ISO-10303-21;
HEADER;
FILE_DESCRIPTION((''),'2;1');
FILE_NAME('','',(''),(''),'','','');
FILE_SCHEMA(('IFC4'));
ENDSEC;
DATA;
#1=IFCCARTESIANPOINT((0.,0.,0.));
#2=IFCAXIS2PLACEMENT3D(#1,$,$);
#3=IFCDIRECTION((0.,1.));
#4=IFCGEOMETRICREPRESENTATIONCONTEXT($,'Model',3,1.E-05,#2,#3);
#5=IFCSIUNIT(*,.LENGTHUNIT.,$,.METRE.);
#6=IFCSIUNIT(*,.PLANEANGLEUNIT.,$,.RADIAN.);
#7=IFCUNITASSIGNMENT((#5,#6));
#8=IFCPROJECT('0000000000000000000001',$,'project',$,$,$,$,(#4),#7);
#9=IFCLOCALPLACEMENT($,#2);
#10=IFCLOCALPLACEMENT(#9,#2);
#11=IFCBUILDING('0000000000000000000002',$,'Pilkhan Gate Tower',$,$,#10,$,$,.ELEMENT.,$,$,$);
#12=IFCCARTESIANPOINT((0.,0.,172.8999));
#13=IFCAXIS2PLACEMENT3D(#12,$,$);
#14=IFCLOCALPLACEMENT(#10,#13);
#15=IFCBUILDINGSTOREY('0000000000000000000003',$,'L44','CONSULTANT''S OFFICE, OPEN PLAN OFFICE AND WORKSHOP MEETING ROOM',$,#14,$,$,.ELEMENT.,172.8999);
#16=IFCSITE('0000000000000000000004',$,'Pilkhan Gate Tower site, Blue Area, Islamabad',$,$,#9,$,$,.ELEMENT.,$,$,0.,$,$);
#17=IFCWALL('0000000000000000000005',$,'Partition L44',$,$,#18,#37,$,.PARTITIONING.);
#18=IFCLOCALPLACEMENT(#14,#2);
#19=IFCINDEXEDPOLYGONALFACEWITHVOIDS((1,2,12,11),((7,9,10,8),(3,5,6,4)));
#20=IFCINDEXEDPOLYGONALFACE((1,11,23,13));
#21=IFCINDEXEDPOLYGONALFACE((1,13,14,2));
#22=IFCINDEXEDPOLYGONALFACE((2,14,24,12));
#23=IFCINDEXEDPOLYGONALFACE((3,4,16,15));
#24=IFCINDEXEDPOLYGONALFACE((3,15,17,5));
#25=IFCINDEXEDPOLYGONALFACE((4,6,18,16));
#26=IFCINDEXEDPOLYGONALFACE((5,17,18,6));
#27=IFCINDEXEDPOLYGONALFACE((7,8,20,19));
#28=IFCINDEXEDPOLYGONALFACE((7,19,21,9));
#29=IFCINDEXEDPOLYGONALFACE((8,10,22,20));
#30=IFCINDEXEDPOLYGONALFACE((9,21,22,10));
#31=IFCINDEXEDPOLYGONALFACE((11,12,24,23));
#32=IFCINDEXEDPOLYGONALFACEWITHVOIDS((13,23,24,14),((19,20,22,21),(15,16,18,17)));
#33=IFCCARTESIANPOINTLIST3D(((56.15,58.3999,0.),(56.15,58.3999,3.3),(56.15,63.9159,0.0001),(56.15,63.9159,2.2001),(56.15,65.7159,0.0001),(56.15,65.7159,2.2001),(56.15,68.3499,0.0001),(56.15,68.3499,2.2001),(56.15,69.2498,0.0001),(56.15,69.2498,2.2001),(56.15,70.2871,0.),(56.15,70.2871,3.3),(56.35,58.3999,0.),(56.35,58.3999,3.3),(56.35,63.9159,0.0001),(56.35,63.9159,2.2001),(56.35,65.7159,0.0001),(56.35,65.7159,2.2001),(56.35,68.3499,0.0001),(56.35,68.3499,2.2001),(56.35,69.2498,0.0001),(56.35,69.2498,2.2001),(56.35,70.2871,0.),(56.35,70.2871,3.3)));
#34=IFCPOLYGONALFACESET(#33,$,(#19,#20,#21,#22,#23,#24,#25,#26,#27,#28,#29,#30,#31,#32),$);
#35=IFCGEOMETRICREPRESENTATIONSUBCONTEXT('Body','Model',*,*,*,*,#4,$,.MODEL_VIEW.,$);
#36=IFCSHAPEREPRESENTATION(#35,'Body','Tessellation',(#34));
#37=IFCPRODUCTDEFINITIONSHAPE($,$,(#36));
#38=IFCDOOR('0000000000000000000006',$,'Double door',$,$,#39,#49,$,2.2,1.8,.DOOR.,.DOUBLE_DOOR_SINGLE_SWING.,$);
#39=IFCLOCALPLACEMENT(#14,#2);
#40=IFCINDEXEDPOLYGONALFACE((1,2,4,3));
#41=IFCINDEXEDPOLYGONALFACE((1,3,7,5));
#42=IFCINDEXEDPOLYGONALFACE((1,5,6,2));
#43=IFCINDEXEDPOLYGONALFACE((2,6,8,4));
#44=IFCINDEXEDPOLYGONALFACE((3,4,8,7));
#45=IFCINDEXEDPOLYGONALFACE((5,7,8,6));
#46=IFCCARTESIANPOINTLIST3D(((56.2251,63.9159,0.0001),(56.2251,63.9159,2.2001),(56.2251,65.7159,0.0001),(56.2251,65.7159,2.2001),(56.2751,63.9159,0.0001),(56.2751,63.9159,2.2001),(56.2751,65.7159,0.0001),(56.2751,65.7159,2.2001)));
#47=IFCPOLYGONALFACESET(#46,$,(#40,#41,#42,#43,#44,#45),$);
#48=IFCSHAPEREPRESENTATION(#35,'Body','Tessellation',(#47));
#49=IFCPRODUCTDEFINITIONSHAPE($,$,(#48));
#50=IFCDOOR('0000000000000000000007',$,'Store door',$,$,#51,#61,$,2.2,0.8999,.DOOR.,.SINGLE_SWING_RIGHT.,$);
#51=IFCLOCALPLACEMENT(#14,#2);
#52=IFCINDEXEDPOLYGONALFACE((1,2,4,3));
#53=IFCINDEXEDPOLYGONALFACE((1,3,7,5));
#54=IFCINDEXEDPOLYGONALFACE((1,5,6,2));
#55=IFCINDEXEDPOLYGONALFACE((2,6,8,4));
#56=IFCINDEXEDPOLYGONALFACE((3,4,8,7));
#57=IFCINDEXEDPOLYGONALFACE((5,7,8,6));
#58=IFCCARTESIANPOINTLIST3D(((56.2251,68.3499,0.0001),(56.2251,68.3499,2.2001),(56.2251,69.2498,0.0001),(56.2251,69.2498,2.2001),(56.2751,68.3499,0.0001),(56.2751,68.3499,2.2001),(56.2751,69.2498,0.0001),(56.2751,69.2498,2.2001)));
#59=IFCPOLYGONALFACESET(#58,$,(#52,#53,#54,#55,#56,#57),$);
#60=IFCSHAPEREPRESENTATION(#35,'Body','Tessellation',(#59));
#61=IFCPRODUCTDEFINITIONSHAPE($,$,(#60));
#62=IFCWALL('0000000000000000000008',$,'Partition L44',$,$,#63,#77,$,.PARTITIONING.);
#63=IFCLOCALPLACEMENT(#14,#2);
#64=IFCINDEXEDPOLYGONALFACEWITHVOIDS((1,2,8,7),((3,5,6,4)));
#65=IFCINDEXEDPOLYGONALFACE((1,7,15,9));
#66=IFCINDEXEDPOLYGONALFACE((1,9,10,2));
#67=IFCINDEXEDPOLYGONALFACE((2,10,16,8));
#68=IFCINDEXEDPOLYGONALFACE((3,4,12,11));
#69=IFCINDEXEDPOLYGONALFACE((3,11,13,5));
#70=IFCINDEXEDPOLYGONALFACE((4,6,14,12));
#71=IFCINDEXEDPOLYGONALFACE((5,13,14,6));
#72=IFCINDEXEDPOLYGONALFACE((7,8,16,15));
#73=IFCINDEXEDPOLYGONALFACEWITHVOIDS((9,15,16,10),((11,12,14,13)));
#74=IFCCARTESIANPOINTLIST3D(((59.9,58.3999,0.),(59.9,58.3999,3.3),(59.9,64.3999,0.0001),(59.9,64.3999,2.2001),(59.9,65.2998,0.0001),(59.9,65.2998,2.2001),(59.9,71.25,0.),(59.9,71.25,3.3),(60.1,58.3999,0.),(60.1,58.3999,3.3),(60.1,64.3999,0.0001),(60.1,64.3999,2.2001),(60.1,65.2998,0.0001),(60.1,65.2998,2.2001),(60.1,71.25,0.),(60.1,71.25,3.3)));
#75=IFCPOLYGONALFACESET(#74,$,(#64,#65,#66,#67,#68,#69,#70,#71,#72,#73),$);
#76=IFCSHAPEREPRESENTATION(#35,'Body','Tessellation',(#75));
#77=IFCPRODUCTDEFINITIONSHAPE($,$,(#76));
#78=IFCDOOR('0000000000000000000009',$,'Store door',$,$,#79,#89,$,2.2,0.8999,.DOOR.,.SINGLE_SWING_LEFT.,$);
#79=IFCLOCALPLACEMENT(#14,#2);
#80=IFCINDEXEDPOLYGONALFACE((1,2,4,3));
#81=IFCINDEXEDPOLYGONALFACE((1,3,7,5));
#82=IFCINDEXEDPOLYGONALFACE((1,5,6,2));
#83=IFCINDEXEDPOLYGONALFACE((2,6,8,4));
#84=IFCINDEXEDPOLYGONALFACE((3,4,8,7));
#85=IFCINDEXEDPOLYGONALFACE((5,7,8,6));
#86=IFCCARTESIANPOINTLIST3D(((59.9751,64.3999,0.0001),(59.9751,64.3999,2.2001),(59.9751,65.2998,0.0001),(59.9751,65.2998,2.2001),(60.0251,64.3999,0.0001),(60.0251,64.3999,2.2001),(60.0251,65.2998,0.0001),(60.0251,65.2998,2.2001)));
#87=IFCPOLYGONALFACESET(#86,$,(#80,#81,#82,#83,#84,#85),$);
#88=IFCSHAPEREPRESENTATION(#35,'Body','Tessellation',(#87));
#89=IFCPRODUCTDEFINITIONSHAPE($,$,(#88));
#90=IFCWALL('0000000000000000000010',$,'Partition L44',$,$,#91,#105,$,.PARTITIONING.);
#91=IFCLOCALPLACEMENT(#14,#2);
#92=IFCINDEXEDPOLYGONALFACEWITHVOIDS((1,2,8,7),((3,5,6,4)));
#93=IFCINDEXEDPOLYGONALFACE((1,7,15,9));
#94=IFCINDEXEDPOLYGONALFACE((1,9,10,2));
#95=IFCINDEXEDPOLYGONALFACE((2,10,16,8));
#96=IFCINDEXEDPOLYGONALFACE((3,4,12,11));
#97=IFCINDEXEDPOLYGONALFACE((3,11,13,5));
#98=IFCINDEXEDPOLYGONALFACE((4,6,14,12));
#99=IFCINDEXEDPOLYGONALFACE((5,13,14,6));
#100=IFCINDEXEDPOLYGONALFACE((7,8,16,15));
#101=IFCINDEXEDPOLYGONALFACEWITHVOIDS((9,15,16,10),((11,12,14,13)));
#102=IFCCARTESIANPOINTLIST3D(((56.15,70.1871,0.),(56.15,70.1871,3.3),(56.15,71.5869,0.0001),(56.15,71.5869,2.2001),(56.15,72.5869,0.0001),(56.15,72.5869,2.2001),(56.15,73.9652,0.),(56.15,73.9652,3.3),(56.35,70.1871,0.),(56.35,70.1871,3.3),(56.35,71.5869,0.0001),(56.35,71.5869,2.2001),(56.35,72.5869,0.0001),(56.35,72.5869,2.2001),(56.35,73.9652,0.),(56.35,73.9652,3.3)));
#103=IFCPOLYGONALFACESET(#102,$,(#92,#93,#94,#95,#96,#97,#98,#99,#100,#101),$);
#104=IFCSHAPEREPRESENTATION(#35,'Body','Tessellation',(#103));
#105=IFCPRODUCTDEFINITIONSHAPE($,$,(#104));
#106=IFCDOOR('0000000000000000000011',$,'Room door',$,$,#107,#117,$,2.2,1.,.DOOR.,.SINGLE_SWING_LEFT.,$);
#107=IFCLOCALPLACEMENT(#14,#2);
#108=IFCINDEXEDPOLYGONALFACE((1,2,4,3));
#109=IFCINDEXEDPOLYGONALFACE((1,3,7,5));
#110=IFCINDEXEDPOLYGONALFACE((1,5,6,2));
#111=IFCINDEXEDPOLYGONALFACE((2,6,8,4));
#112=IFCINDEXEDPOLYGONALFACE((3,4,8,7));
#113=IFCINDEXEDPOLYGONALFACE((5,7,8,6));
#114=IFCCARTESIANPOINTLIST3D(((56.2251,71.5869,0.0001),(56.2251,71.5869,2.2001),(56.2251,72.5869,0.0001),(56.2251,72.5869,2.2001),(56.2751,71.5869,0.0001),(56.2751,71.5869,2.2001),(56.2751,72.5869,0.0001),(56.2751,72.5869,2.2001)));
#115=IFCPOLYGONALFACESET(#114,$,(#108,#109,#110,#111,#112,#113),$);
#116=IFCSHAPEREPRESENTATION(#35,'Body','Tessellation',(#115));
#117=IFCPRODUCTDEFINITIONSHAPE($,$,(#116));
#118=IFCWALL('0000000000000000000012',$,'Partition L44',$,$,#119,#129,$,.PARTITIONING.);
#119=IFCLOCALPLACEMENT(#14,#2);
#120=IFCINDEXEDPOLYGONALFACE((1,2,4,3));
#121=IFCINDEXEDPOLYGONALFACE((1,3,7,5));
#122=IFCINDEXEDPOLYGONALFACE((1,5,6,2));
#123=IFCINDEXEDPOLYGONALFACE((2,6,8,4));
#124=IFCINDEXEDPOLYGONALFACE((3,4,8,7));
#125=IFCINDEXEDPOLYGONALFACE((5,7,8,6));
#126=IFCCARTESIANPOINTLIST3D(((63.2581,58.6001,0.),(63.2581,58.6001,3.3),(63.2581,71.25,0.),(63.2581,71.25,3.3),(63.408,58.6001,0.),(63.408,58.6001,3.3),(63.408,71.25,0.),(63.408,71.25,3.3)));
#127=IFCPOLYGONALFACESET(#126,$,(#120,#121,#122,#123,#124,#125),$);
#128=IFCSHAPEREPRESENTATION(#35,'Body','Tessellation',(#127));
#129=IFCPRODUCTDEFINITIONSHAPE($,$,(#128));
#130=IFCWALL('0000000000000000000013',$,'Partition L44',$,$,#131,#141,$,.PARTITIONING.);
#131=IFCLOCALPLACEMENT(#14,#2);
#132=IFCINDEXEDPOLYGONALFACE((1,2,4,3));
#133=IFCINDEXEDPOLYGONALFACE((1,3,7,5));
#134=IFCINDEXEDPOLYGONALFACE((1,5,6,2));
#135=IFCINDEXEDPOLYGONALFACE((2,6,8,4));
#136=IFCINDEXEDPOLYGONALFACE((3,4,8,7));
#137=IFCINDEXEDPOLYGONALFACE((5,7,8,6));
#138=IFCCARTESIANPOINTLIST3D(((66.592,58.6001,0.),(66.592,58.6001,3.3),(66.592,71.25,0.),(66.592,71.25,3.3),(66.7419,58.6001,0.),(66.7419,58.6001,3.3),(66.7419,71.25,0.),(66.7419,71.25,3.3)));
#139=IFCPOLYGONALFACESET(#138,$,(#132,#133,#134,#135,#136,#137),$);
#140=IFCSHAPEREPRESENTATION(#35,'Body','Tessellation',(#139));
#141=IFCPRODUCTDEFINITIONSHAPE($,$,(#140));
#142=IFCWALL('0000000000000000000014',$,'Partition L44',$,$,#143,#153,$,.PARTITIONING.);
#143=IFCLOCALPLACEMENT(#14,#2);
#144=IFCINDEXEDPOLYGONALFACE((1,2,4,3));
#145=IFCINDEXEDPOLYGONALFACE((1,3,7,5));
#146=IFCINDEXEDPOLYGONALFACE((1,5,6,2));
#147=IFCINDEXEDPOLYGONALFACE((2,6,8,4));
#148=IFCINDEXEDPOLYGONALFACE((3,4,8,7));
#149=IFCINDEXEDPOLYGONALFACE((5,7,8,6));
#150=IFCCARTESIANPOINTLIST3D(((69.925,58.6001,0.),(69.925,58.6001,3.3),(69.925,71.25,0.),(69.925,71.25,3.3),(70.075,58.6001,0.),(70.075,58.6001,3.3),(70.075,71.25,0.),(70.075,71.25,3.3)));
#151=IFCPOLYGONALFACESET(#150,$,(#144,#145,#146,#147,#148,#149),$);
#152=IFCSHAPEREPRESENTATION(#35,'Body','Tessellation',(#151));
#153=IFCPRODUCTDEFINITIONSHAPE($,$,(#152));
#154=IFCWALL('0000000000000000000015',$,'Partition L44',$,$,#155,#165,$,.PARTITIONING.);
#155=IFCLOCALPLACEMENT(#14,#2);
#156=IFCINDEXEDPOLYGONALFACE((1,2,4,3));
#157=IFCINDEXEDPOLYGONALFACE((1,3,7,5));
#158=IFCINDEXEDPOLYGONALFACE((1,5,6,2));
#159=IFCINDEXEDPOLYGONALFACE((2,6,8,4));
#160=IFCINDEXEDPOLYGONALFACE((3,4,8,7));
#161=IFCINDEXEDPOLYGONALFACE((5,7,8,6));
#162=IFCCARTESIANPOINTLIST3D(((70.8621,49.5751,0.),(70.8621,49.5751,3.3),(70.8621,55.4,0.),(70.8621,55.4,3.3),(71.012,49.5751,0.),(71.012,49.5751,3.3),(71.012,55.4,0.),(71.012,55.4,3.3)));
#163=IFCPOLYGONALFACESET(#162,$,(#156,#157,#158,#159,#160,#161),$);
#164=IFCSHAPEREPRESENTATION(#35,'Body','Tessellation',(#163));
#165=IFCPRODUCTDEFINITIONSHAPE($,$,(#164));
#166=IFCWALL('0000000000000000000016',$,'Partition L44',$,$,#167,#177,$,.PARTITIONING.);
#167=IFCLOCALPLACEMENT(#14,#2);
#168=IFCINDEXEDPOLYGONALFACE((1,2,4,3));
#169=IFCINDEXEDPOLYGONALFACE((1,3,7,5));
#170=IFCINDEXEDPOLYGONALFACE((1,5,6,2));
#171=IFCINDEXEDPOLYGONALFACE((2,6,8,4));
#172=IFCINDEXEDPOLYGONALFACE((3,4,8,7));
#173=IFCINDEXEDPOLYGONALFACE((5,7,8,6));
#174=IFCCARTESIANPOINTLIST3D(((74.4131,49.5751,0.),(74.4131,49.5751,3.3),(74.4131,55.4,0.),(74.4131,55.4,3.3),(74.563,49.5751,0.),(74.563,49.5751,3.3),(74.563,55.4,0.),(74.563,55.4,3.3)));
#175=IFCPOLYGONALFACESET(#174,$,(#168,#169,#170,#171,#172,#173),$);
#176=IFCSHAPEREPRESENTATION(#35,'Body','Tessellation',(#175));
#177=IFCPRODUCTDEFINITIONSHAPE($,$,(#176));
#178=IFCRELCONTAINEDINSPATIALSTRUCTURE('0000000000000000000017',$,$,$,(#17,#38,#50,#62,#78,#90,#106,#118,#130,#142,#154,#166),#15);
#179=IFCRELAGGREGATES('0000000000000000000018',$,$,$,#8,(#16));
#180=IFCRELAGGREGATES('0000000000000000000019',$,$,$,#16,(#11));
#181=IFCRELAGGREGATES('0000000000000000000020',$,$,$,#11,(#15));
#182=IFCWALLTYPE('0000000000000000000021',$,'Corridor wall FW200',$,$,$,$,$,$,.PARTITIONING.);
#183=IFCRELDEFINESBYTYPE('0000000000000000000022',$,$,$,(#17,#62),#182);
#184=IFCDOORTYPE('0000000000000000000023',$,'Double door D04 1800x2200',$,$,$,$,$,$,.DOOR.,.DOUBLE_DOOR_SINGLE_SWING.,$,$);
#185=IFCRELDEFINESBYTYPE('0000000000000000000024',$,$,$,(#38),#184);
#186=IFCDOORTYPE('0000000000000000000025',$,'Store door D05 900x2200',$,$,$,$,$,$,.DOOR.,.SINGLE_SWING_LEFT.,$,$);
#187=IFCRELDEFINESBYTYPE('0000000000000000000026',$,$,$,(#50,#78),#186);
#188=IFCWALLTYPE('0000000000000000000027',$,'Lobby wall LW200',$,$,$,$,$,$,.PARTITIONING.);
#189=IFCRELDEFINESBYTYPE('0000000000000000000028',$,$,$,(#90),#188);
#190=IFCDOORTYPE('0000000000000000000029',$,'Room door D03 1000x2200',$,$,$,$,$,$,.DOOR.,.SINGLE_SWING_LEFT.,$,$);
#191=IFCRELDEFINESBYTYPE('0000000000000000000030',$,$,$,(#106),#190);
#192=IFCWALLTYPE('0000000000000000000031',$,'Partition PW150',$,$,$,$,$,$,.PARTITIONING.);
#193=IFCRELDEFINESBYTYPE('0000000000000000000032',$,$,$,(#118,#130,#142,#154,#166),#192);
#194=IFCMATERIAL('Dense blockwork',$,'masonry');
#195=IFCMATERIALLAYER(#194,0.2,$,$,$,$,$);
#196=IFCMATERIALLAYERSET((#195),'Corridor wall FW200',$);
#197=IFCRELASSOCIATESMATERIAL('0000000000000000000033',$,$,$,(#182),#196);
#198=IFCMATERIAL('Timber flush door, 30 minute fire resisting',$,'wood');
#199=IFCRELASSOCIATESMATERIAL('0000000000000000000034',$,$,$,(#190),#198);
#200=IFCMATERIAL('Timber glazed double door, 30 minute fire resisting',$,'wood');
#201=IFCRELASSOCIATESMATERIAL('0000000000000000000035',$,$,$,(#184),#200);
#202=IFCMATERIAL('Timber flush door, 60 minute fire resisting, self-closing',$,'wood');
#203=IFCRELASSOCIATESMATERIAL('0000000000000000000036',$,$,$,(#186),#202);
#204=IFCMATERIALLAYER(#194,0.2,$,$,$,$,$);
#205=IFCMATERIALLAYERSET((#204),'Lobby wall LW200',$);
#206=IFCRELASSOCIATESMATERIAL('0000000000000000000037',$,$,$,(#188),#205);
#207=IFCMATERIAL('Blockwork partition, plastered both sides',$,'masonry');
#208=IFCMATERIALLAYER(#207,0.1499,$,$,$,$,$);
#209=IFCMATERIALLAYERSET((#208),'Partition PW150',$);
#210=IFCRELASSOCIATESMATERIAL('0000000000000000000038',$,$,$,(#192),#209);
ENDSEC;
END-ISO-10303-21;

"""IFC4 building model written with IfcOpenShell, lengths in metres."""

from ifc_helpers import new_model, si_unit, direction, frame, frame_2d, origin, place, context, subcontext, project, spatial, rectangle, extrude, material, layer, layer_set, type_object, element, fill, save


model = new_model("IFC4")

# Units and contexts
model_context = context("Model", 3, precision=1e-05, world=origin(), true_north=direction((0.0, 1.0)))
body_context = subcontext(model_context, "Body", "Model", "MODEL_VIEW")
ifc_project = project(units=[si_unit("LENGTHUNIT", "METRE"), si_unit("PLANEANGLEUNIT", "RADIAN")], contexts=[model_context])

# Site, building, storey
site_placement = place(None, origin())
site = spatial("IfcSite", under=ifc_project, at=site_placement, Name="Pilkhan Gate Tower site, Blue Area, Islamabad", CompositionType="ELEMENT", RefElevation=0.0)
building_placement = place(site_placement, origin())
building = spatial("IfcBuilding", under=site, at=building_placement, Name="Pilkhan Gate Tower", CompositionType="ELEMENT")
storey_placement = place(building_placement, frame((0.0, 0.0, 172.8999)))
storey = spatial("IfcBuildingStorey", under=building, at=storey_placement, Name="L44", Description="CONSULTANT'S OFFICE, OPEN PLAN OFFICE AND WORKSHOP MEETING ROOM", CompositionType="ELEMENT", Elevation=172.8999)

# Wall, openings, doors
ifc_material_1 = material(Name="Dense blockwork", Category="masonry")
ifc_layer_1 = layer(ifc_material_1, 0.2)
ifc_layer_set_1 = layer_set([ifc_layer_1], Name="Corridor wall FW200")
wall_type_1 = type_object("IfcWallType", Name="Corridor wall FW200", PredefinedType="PARTITIONING", material=ifc_layer_set_1)
ifc_material_2 = material(Name="Timber flush door, 30 minute fire resisting", Category="wood")
door_type_1 = type_object("IfcDoorType", Name="Room door D03 1000x2200", OperationType="SINGLE_SWING_LEFT", PredefinedType="DOOR", material=ifc_material_2)
wall_1_placement = place(storey_placement, frame((56.25, 58.3999, 0.0), z_axis=(0.0, 0.0, 1.0), x_axis=(0.0, 1.0, 0.0)))
wall_1 = element("IfcWall", 1, at=wall_1_placement, inside=storey, type_object=wall_type_1, Name="Partition L44", PredefinedType="PARTITIONING", context=body_context, shape_type="SweptSolid", body=[
    extrude(rectangle(XDim=11.8872, YDim=0.2, at=frame_2d((5.9436, 0.0))), origin(), (0.0, 0.0, 1.0), 3.3),
])
opening_1_placement = place(wall_1_placement, frame((5.5161, 0.0, 0.0)))
opening_1 = element("IfcOpeningElement", 2, at=opening_1_placement, cuts=wall_1, PredefinedType="OPENING", context=body_context, shape_type="SweptSolid", body=[
    extrude(rectangle(XDim=1.8, YDim=2.2, at=frame_2d((0.8999, 1.1001))), frame((0.0, 0.1099, 0.0), z_axis=(0.0, -1.0, 0.0), x_axis=(1.0, 0.0, 0.0)), (0.0, 0.0, 1.0), 0.22),
])
opening_2_placement = place(wall_1_placement, frame((9.95, 0.0, 0.0)))
opening_2 = element("IfcOpeningElement", 3, at=opening_2_placement, cuts=wall_1, PredefinedType="OPENING", context=body_context, shape_type="SweptSolid", body=[
    extrude(rectangle(XDim=0.8999, YDim=2.2, at=frame_2d((0.45, 1.1001))), frame((0.0, 0.1099, 0.0), z_axis=(0.0, -1.0, 0.0), x_axis=(1.0, 0.0, 0.0)), (0.0, 0.0, 1.0), 0.22),
])
ifc_material_3 = material(Name="Timber glazed double door, 30 minute fire resisting", Category="wood")
door_type_2 = type_object("IfcDoorType", Name="Double door D04 1800x2200", OperationType="DOUBLE_DOOR_SINGLE_SWING", PredefinedType="DOOR", material=ifc_material_3)
door_1_placement = place(opening_1_placement, origin())
door_1 = element("IfcDoor", 4, at=door_1_placement, inside=storey, type_object=door_type_2, Name="Double door", OperationType="DOUBLE_DOOR_SINGLE_SWING", OverallHeight=2.2, OverallWidth=1.8, PredefinedType="DOOR", context=body_context, shape_type="SweptSolid", body=[
    extrude(rectangle(XDim=1.8, YDim=2.2, at=frame_2d((0.8999, 1.1001))), frame((0.0, 0.0249, 0.0), z_axis=(0.0, -1.0, 0.0), x_axis=(1.0, 0.0, 0.0)), (0.0, 0.0, 1.0), 0.05),
])
fill(opening_1, door_1)
ifc_material_4 = material(Name="Timber flush door, 60 minute fire resisting, self-closing", Category="wood")
door_type_3 = type_object("IfcDoorType", Name="Store door D05 900x2200", OperationType="SINGLE_SWING_LEFT", PredefinedType="DOOR", material=ifc_material_4)
door_2_placement = place(opening_2_placement, origin())
door_2 = element("IfcDoor", 5, at=door_2_placement, inside=storey, type_object=door_type_3, Name="Store door", OperationType="SINGLE_SWING_RIGHT", OverallHeight=2.2, OverallWidth=0.8999, PredefinedType="DOOR", context=body_context, shape_type="SweptSolid", body=[
    extrude(rectangle(XDim=0.8999, YDim=2.2, at=frame_2d((0.45, 1.1001))), frame((0.0, 0.0249, 0.0), z_axis=(0.0, -1.0, 0.0), x_axis=(1.0, 0.0, 0.0)), (0.0, 0.0, 1.0), 0.05),
])
fill(opening_2, door_2)

# Walls, openings, doors
wall_2_placement = place(storey_placement, frame((60.0, 58.3999, 0.0), z_axis=(0.0, 0.0, 1.0), x_axis=(0.0, 1.0, 0.0)))
wall_2 = element("IfcWall", 6, at=wall_2_placement, inside=storey, type_object=wall_type_1, Name="Partition L44", PredefinedType="PARTITIONING", context=body_context, shape_type="SweptSolid", body=[
    extrude(rectangle(XDim=12.8501, YDim=0.2, at=frame_2d((6.425, 0.0))), origin(), (0.0, 0.0, 1.0), 3.3),
])
opening_3_placement = place(wall_2_placement, frame((6.0, 0.0, 0.0)))
opening_3 = element("IfcOpeningElement", 7, at=opening_3_placement, cuts=wall_2, PredefinedType="OPENING", context=body_context, shape_type="SweptSolid", body=[
    extrude(rectangle(XDim=0.8999, YDim=2.2, at=frame_2d((0.45, 1.1001))), frame((0.0, 0.1099, 0.0), z_axis=(0.0, -1.0, 0.0), x_axis=(1.0, 0.0, 0.0)), (0.0, 0.0, 1.0), 0.22),
])
door_3_placement = place(opening_3_placement, origin())
door_3 = element("IfcDoor", 8, at=door_3_placement, inside=storey, type_object=door_type_3, Name="Store door", OperationType="SINGLE_SWING_LEFT", OverallHeight=2.2, OverallWidth=0.8999, PredefinedType="DOOR", context=body_context, shape_type="SweptSolid", body=[
    extrude(rectangle(XDim=0.8999, YDim=2.2, at=frame_2d((0.45, 1.1001))), frame((0.0, 0.0249, 0.0), z_axis=(0.0, -1.0, 0.0), x_axis=(1.0, 0.0, 0.0)), (0.0, 0.0, 1.0), 0.05),
])
fill(opening_3, door_3)
ifc_layer_2 = layer(ifc_material_1, 0.2)
ifc_layer_set_2 = layer_set([ifc_layer_2], Name="Lobby wall LW200")
wall_type_2 = type_object("IfcWallType", Name="Lobby wall LW200", PredefinedType="PARTITIONING", material=ifc_layer_set_2)
wall_3_placement = place(storey_placement, frame((56.25, 70.187, 0.0), z_axis=(0.0, 0.0, 1.0), x_axis=(0.0, 1.0, 0.0)))
wall_3 = element("IfcWall", 9, at=wall_3_placement, inside=storey, type_object=wall_type_2, Name="Partition L44", PredefinedType="PARTITIONING", context=body_context, shape_type="SweptSolid", body=[
    extrude(rectangle(XDim=3.7781, YDim=0.2, at=frame_2d((1.8892, 0.0))), origin(), (0.0, 0.0, 1.0), 3.3),
])
opening_4_placement = place(wall_3_placement, frame((1.3999, 0.0, 0.0)))
opening_4 = element("IfcOpeningElement", 10, at=opening_4_placement, cuts=wall_3, PredefinedType="OPENING", context=body_context, shape_type="SweptSolid", body=[
    extrude(rectangle(XDim=1.0, YDim=2.2, at=frame_2d((0.5, 1.1001))), frame((0.0, 0.1099, 0.0), z_axis=(0.0, -1.0, 0.0), x_axis=(1.0, 0.0, 0.0)), (0.0, 0.0, 1.0), 0.22),
])
door_4_placement = place(opening_4_placement, origin())
door_4 = element("IfcDoor", 11, at=door_4_placement, inside=storey, type_object=door_type_1, Name="Room door", OperationType="SINGLE_SWING_LEFT", OverallHeight=2.2, OverallWidth=1.0, PredefinedType="DOOR", context=body_context, shape_type="SweptSolid", body=[
    extrude(rectangle(XDim=1.0, YDim=2.2, at=frame_2d((0.5, 1.1001))), frame((0.0, 0.0249, 0.0), z_axis=(0.0, -1.0, 0.0), x_axis=(1.0, 0.0, 0.0)), (0.0, 0.0, 1.0), 0.05),
])
fill(opening_4, door_4)

# Walls
ifc_material_5 = material(Name="Blockwork partition, plastered both sides", Category="masonry")
ifc_layer_3 = layer(ifc_material_5, 0.1499)
ifc_layer_set_3 = layer_set([ifc_layer_3], Name="Partition PW150")
wall_type_3 = type_object("IfcWallType", Name="Partition PW150", PredefinedType="PARTITIONING", material=ifc_layer_set_3)
for number, where, z_axis, x_axis, name in (
    (12, (63.333, 58.6001, 0.0), (0.0, 0.0, 1.0), (0.0, 1.0, 0.0), "Partition L44"),
    (13, (66.667, 58.6001, 0.0), (0.0, 0.0, 1.0), (0.0, 1.0, 0.0), "Partition L44"),
    (14, (70.0, 58.6001, 0.0), (0.0, 0.0, 1.0), (0.0, 1.0, 0.0), "Partition L44"),
):
    element("IfcWall", number, at=place(storey_placement, frame(where, z_axis=z_axis, x_axis=x_axis)), inside=storey, type_object=wall_type_3, Name=name, PredefinedType="PARTITIONING", context=body_context, shape_type="SweptSolid", body=[
        extrude(rectangle(XDim=12.6499, YDim=0.1499, at=frame_2d((6.325, 0.0))), origin(), (0.0, 0.0, 1.0), 3.3),
    ])
for number, where, z_axis, x_axis, name in (
    (15, (70.937, 49.575, 0.0), (0.0, 0.0, 1.0), (0.0, 1.0, 0.0), "Partition L44"),
    (16, (74.488, 49.575, 0.0), (0.0, 0.0, 1.0), (0.0, 1.0, 0.0), "Partition L44"),
):
    element("IfcWall", number, at=place(storey_placement, frame(where, z_axis=z_axis, x_axis=x_axis)), inside=storey, type_object=wall_type_3, Name=name, PredefinedType="PARTITIONING", context=body_context, shape_type="SweptSolid", body=[
        extrude(rectangle(XDim=5.825, YDim=0.1499, at=frame_2d((2.9126, 0.0))), origin(), (0.0, 0.0, 1.0), 3.3),
    ])

save(model, "model.ifc")
